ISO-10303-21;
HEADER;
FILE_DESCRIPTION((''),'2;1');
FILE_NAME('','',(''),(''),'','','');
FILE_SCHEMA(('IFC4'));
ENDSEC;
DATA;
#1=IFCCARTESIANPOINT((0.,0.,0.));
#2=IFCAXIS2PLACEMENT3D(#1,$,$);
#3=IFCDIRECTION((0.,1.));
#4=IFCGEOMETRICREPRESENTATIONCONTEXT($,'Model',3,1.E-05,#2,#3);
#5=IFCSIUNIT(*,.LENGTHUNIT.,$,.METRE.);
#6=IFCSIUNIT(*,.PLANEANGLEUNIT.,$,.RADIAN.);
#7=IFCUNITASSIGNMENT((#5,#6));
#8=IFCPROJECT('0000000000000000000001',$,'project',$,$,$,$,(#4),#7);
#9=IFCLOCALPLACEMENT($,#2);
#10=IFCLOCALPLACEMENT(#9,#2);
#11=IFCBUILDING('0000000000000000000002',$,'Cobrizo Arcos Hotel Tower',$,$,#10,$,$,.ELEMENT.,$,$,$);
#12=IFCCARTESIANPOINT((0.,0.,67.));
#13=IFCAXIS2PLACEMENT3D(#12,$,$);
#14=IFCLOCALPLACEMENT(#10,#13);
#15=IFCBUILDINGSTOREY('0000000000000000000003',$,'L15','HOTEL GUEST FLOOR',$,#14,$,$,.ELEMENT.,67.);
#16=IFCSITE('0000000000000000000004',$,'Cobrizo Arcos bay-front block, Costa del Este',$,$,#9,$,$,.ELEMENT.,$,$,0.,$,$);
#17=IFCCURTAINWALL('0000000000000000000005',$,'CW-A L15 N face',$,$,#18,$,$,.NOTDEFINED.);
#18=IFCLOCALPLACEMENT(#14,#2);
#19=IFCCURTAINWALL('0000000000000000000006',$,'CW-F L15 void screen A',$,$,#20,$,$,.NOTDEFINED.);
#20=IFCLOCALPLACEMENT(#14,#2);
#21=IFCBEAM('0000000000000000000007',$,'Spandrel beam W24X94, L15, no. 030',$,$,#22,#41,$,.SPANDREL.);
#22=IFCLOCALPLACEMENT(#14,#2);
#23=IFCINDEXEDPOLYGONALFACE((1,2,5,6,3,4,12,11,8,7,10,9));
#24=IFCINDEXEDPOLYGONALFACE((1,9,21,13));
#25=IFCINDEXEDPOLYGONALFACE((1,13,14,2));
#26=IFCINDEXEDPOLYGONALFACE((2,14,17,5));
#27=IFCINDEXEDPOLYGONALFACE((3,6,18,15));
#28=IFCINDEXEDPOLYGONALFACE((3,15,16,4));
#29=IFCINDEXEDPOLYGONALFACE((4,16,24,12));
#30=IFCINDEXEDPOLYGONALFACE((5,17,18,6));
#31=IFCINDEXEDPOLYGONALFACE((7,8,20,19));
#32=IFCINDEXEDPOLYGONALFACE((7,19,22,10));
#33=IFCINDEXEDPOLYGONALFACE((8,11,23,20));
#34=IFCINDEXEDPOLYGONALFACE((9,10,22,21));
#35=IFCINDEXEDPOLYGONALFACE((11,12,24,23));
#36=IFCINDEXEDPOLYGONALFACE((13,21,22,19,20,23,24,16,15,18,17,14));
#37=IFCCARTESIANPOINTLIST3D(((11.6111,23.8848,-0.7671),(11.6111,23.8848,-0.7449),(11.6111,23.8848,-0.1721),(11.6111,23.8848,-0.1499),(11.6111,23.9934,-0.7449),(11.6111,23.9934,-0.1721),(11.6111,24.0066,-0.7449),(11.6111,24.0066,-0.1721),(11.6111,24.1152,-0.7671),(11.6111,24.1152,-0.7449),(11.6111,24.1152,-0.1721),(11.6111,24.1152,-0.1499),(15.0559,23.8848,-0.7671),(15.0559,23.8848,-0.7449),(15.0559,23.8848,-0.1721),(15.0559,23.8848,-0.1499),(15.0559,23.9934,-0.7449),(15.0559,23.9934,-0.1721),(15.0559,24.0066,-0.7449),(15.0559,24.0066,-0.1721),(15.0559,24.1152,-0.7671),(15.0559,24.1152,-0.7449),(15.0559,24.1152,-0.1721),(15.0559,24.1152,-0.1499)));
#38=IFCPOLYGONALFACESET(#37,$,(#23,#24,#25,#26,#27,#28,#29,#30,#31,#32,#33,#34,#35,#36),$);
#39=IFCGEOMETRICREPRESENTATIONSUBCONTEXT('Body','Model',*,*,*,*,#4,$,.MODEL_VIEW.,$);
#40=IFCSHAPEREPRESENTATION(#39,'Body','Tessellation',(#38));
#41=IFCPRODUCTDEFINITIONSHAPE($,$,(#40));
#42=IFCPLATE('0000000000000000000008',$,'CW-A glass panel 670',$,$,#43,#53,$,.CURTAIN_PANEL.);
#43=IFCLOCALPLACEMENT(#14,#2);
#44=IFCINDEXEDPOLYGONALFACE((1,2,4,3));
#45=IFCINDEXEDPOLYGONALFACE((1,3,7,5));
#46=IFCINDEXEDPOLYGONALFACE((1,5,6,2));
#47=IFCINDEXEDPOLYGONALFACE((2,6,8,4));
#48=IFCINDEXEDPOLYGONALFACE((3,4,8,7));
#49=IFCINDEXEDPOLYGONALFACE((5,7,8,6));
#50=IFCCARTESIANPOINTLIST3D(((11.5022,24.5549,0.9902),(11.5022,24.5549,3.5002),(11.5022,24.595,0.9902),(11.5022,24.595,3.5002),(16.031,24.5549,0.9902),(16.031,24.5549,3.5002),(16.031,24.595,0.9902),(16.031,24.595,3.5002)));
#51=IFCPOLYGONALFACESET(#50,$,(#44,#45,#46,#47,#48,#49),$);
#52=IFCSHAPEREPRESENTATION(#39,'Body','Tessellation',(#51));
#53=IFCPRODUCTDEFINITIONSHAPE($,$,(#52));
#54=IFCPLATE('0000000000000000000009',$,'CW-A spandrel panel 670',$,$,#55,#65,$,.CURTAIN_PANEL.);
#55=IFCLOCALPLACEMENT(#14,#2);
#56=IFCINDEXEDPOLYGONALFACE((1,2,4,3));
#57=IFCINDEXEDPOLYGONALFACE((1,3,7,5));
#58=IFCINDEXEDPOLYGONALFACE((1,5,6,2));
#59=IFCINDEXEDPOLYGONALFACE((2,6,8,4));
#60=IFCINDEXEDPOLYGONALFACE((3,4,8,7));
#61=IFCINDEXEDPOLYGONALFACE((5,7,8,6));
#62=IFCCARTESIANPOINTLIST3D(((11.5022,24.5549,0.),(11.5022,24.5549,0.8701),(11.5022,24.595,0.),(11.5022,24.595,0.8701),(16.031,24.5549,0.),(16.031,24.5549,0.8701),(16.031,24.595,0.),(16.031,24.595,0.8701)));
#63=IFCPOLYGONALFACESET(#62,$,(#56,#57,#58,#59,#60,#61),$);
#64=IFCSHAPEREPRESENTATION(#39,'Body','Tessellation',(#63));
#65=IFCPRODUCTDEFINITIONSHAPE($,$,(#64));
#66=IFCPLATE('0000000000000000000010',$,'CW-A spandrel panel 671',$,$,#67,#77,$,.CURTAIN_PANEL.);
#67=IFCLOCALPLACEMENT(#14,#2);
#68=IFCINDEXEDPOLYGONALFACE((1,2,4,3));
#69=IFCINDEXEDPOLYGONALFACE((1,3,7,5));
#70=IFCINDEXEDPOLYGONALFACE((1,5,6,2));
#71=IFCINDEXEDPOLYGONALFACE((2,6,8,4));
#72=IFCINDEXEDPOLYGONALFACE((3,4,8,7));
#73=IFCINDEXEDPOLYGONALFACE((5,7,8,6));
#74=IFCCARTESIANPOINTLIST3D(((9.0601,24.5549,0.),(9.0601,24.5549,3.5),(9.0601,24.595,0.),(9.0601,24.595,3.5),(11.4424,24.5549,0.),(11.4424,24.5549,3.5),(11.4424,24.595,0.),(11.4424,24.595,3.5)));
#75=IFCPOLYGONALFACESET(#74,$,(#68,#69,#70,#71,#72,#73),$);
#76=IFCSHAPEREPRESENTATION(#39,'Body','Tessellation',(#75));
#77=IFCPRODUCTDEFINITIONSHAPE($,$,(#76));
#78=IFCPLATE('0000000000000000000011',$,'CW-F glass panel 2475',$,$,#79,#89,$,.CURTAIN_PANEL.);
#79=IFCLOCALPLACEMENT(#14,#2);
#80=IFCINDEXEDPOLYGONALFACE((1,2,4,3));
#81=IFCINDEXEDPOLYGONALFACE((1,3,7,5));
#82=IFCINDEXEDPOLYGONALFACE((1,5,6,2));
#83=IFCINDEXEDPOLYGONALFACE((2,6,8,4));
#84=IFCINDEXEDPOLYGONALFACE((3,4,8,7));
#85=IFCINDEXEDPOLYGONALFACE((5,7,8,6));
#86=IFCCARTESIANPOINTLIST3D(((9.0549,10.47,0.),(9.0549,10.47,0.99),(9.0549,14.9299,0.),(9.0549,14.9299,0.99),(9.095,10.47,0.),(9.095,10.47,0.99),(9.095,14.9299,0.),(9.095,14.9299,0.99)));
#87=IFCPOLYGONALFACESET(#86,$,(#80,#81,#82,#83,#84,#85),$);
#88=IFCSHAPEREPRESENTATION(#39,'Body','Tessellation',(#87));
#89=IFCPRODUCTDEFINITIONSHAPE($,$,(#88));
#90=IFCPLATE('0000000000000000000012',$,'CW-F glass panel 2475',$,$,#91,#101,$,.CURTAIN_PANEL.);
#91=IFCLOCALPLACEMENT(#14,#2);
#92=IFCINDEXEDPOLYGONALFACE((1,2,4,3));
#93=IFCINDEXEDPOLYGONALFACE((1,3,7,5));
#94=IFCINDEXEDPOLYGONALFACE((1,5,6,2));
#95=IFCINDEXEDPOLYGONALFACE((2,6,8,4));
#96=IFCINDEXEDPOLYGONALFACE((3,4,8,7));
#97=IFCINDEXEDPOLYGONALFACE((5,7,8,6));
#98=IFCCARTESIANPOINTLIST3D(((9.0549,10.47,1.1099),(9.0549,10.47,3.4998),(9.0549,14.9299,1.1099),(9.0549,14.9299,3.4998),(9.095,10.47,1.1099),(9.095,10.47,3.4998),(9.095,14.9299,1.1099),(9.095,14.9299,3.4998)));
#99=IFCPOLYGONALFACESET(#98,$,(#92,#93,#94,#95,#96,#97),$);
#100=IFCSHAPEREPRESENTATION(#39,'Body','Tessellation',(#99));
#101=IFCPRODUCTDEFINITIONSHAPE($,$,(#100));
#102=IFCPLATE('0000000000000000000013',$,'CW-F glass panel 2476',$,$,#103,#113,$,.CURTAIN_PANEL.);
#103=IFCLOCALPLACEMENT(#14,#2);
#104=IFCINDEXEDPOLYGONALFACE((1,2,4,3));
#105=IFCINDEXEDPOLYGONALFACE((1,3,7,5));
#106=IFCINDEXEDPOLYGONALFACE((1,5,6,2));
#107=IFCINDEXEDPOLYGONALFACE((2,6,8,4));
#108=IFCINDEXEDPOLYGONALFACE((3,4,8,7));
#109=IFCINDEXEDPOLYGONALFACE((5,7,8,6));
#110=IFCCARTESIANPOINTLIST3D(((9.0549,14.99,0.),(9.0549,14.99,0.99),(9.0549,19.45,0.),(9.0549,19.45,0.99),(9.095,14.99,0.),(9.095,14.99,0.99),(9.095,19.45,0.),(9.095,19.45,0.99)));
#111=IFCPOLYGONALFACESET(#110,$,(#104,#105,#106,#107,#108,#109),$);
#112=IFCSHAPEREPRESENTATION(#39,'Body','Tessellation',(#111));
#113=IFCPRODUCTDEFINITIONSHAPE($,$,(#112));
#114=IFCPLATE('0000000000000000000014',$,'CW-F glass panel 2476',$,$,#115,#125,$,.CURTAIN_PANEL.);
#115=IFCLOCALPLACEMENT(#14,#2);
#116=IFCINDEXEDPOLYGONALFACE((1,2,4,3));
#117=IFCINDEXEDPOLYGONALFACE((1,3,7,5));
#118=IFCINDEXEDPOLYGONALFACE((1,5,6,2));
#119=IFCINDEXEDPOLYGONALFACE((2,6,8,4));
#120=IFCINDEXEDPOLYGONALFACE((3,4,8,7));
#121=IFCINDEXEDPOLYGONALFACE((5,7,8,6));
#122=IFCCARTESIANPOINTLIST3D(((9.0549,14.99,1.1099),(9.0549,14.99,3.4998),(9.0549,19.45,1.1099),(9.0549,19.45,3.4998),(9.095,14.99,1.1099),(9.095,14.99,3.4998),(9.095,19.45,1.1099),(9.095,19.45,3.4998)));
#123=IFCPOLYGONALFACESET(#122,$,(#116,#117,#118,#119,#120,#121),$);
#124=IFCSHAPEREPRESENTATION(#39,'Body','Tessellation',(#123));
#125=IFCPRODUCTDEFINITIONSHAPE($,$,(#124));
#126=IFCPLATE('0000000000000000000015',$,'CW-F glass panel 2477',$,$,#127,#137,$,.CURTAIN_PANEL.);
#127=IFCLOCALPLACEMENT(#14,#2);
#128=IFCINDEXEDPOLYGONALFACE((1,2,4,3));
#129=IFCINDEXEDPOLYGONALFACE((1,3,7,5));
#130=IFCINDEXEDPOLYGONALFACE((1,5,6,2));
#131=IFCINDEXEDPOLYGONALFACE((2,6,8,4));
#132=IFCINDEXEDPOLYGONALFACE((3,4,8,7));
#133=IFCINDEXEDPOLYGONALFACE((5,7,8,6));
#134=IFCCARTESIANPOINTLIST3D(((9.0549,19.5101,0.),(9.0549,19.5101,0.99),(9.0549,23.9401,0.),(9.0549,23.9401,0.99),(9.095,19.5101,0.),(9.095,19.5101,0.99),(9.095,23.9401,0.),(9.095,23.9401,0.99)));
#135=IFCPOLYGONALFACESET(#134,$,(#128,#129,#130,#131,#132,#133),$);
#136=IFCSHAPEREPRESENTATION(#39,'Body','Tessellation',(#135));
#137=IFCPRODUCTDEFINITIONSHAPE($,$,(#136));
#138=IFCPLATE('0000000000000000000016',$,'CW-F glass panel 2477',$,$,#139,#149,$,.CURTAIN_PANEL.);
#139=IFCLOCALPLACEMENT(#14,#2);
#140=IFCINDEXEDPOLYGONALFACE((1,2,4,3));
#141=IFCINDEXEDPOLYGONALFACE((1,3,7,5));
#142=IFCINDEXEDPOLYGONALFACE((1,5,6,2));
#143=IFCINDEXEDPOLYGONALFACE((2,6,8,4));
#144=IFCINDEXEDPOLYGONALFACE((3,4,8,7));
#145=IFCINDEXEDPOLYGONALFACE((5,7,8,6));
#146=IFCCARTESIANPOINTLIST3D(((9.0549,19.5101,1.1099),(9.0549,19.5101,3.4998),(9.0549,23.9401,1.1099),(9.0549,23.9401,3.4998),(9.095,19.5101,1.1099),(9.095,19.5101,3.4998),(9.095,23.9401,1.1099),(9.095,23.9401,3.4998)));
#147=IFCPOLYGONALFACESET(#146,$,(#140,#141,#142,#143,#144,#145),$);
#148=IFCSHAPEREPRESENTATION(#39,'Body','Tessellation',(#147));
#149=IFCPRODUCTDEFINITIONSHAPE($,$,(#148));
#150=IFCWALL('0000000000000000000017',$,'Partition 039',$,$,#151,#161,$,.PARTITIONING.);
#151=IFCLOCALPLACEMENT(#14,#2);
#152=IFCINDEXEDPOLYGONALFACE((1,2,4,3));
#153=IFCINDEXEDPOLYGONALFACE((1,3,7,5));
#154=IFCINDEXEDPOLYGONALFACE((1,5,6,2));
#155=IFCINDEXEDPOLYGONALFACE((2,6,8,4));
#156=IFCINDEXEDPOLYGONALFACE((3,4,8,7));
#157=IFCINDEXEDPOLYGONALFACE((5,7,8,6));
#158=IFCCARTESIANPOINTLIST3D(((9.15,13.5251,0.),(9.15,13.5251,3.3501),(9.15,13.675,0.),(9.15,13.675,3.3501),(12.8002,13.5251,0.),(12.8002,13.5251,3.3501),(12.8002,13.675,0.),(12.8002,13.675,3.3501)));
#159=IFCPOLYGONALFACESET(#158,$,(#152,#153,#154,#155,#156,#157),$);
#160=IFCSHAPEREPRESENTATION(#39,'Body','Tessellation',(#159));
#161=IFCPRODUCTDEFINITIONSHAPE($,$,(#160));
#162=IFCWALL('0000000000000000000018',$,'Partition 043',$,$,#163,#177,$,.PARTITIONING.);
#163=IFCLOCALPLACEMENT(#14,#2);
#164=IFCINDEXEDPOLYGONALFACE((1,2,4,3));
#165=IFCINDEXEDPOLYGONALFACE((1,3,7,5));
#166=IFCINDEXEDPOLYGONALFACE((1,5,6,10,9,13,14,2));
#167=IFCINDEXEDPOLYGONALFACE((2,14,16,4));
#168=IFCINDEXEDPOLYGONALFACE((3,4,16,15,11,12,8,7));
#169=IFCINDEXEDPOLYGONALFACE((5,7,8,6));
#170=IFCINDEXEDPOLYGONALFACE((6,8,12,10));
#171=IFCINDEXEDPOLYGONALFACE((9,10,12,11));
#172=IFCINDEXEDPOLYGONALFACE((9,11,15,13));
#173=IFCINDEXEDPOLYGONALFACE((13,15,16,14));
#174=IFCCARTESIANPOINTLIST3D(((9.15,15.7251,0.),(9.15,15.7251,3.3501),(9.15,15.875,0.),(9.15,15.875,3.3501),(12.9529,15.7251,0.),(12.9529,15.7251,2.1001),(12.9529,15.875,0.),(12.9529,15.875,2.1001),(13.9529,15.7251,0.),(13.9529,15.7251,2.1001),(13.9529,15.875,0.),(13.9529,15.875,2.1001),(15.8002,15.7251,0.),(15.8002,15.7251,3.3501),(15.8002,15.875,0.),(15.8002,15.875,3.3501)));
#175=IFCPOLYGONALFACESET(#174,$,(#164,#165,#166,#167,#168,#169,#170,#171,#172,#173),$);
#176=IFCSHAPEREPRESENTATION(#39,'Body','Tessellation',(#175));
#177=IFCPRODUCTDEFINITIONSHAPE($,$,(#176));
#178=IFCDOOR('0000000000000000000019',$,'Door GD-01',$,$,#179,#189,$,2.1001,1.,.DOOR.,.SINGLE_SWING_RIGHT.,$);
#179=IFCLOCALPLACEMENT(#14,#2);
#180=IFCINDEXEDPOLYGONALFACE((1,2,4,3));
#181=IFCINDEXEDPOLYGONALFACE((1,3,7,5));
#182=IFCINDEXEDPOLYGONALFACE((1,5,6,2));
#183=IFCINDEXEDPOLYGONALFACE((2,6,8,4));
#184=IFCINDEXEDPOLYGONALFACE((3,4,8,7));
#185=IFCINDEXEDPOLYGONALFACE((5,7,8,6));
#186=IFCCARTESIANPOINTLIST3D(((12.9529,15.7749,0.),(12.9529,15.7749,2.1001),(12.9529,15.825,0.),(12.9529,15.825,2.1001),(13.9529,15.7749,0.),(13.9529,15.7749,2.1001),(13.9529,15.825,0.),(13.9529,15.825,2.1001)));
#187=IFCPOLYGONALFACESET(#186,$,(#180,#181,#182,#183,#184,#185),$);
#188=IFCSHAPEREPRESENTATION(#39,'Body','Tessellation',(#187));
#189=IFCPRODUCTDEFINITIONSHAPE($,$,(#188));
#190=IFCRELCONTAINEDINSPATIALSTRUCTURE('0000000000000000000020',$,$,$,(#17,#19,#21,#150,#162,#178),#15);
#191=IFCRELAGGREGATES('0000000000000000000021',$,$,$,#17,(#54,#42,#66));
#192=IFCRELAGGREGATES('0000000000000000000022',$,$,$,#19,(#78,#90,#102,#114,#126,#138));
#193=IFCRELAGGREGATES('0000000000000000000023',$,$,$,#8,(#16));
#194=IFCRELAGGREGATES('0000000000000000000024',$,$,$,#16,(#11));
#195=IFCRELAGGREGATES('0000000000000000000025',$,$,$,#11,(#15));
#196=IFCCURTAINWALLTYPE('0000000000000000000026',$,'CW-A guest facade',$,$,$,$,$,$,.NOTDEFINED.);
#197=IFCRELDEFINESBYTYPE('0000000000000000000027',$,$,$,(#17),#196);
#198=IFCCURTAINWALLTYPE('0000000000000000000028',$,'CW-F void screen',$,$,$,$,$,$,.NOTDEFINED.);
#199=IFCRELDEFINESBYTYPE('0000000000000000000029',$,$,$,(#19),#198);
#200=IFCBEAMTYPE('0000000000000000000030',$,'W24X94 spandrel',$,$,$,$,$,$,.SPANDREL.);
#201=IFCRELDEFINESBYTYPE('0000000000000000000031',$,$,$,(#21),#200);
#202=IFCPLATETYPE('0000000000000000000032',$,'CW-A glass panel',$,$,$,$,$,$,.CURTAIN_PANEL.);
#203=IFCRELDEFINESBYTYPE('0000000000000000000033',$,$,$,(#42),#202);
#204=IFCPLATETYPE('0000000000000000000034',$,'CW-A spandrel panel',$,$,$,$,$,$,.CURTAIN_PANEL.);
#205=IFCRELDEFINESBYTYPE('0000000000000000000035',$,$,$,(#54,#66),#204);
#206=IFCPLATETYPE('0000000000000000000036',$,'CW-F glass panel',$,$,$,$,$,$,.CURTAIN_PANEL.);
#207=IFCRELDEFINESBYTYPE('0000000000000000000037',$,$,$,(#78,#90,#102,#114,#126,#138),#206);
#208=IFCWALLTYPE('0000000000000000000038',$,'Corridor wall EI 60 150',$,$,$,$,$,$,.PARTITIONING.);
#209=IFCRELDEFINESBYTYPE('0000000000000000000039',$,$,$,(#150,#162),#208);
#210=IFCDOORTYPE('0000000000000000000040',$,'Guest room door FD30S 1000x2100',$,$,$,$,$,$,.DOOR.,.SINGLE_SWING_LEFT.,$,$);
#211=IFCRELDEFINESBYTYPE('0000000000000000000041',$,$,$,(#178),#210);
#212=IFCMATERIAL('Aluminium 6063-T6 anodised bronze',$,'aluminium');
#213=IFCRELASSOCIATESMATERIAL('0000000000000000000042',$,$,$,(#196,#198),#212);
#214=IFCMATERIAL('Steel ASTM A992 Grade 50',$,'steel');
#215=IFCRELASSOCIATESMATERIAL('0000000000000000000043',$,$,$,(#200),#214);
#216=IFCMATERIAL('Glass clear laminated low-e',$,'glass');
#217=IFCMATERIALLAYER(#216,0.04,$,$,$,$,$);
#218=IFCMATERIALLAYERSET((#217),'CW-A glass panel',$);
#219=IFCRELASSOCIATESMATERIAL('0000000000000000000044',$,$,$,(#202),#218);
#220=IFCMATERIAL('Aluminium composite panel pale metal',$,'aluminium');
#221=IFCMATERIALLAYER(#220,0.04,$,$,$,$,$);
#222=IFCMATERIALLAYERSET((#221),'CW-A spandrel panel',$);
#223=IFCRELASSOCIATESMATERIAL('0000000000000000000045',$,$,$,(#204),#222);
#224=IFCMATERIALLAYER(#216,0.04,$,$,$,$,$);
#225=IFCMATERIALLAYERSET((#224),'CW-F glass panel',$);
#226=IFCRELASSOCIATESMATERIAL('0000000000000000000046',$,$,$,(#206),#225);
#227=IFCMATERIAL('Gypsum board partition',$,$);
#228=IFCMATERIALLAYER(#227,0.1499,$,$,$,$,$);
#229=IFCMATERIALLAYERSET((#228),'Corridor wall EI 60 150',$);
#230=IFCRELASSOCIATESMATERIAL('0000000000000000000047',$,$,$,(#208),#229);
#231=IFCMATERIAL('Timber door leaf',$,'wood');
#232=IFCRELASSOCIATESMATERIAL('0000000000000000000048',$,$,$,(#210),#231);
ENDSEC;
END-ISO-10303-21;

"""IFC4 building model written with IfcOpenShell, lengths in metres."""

from ifc_helpers import new_model, si_unit, direction, frame, frame_2d, origin, origin_2d, place, context, subcontext, project, spatial, rectangle, i_section, extrude, material, layer, layer_set, material_profile, profile_set, type_object, element, fill, aggregate, save


model = new_model("IFC4")

# Units and contexts
model_context = context("Model", 3, precision=1e-05, world=origin(), true_north=direction((0.0, 1.0)))
body_context = subcontext(model_context, "Body", "Model", "MODEL_VIEW")
ifc_project = project(units=[si_unit("LENGTHUNIT", "METRE"), si_unit("PLANEANGLEUNIT", "RADIAN")], contexts=[model_context])

# Site, building, storey
site_placement = place(None, origin())
site = spatial("IfcSite", under=ifc_project, at=site_placement, Name="Cobrizo Arcos bay-front block, Costa del Este", CompositionType="ELEMENT", RefElevation=0.0)
building_placement = place(site_placement, origin())
building = spatial("IfcBuilding", under=site, at=building_placement, Name="Cobrizo Arcos Hotel Tower", CompositionType="ELEMENT")
storey_placement = place(building_placement, frame((0.0, 0.0, 67.0)))
storey = spatial("IfcBuildingStorey", under=building, at=storey_placement, Name="L15", Description="HOTEL GUEST FLOOR", CompositionType="ELEMENT", Elevation=67.0)

# Curtain walls
ifc_material_1 = material(Name="Aluminium 6063-T6 anodised bronze", Category="aluminium")
curtain_wall_type_1 = type_object("IfcCurtainWallType", Name="CW-A guest facade", PredefinedType="NOTDEFINED", material=ifc_material_1)
curtain_wall_1_placement = place(storey_placement, origin())
curtain_wall_1 = element("IfcCurtainWall", 1, at=curtain_wall_1_placement, inside=storey, type_object=curtain_wall_type_1, Name="CW-A L15 N face", PredefinedType="NOTDEFINED")
curtain_wall_type_2 = type_object("IfcCurtainWallType", Name="CW-F void screen", PredefinedType="NOTDEFINED", material=ifc_material_1)
curtain_wall_2_placement = place(storey_placement, origin())
curtain_wall_2 = element("IfcCurtainWall", 2, at=curtain_wall_2_placement, inside=storey, type_object=curtain_wall_type_2, Name="CW-F L15 void screen A", PredefinedType="NOTDEFINED")

# Beam
ifc_material_2 = material(Name="Steel ASTM A992 Grade 50", Category="steel")
ifc_material_profile_1 = material_profile(ifc_material_2, i_section(OverallWidth=0.2305, OverallDepth=0.6172, WebThickness=0.0132, FlangeThickness=0.0222, at=origin_2d()), Name="W24X94")
ifc_profile_set_1 = profile_set([ifc_material_profile_1], Name="Steel ASTM A992 Grade 50")
beam_type = type_object("IfcBeamType", Name="W24X94 spandrel", PredefinedType="SPANDREL", material=ifc_profile_set_1)
beam_1_placement = place(storey_placement, frame((11.6111, 24.0, -0.4585), z_axis=(1.0, 0.0, 0.0), x_axis=(0.0, 1.0, 0.0)))
element("IfcBeam", 3, at=beam_1_placement, inside=storey, type_object=beam_type, Name="Spandrel beam W24X94, L15, no. 030", PredefinedType="SPANDREL", context=body_context, shape_type="SweptSolid", body=[
    extrude(i_section(OverallWidth=0.2305, OverallDepth=0.6172, WebThickness=0.0132, FlangeThickness=0.0222, at=origin_2d()), origin(), (0.0, 0.0, 1.0), 3.4448),
])

# Plates
ifc_material_3 = material(Name="Glass clear laminated low-e", Category="glass")
ifc_layer_1 = layer(ifc_material_3, 0.04)
ifc_layer_set_1 = layer_set([ifc_layer_1], Name="CW-A glass panel")
plate_type_1 = type_object("IfcPlateType", Name="CW-A glass panel", PredefinedType="CURTAIN_PANEL", material=ifc_layer_set_1)
plate_1_placement = place(storey_placement, frame((13.7666, 24.575, 0.9902), z_axis=(0.0, 0.0, 1.0), x_axis=(-1.0, 0.0, 0.0)))
plate_1 = element("IfcPlate", 4, at=plate_1_placement, type_object=plate_type_1, Name="CW-A glass panel 670", PredefinedType="CURTAIN_PANEL", context=body_context, shape_type="SweptSolid", body=[
    extrude(rectangle(XDim=4.5288, YDim=0.04, at=origin_2d()), origin(), (0.0, 0.0, 1.0), 2.51),
])
ifc_material_4 = material(Name="Aluminium composite panel pale metal", Category="aluminium")
ifc_layer_2 = layer(ifc_material_4, 0.04)
ifc_layer_set_2 = layer_set([ifc_layer_2], Name="CW-A spandrel panel")
plate_type_2 = type_object("IfcPlateType", Name="CW-A spandrel panel", PredefinedType="CURTAIN_PANEL", material=ifc_layer_set_2)
plate_2_placement = place(storey_placement, frame((13.7666, 24.575, 0.0), z_axis=(0.0, 0.0, 1.0), x_axis=(-1.0, 0.0, 0.0)))
plate_2 = element("IfcPlate", 5, at=plate_2_placement, type_object=plate_type_2, Name="CW-A spandrel panel 670", PredefinedType="CURTAIN_PANEL", context=body_context, shape_type="SweptSolid", body=[
    extrude(rectangle(XDim=4.5288, YDim=0.04, at=origin_2d()), origin(), (0.0, 0.0, 1.0), 0.8701),
])
plate_3_placement = place(storey_placement, frame((10.2512, 24.575, 0.0), z_axis=(0.0, 0.0, 1.0), x_axis=(-1.0, 0.0, 0.0)))
plate_3 = element("IfcPlate", 6, at=plate_3_placement, type_object=plate_type_2, Name="CW-A spandrel panel 671", PredefinedType="CURTAIN_PANEL", context=body_context, shape_type="SweptSolid", body=[
    extrude(rectangle(XDim=2.3823, YDim=0.04, at=origin_2d()), origin(), (0.0, 0.0, 1.0), 3.5),
])
aggregate(curtain_wall_1, [plate_2, plate_1, plate_3])
ifc_layer_3 = layer(ifc_material_3, 0.04)
ifc_layer_set_3 = layer_set([ifc_layer_3], Name="CW-F glass panel")
plate_type_3 = type_object("IfcPlateType", Name="CW-F glass panel", PredefinedType="CURTAIN_PANEL", material=ifc_layer_set_3)
plate_4_placement = place(storey_placement, frame((9.075, 12.7, 0.0), z_axis=(0.0, 0.0, 1.0), x_axis=(0.0, 1.0, 0.0)))
plate_4 = element("IfcPlate", 7, at=plate_4_placement, type_object=plate_type_3, Name="CW-F glass panel 2475", PredefinedType="CURTAIN_PANEL", context=body_context, shape_type="SweptSolid", body=[
    extrude(rectangle(XDim=4.46, YDim=0.04, at=origin_2d()), origin(), (0.0, 0.0, 1.0), 0.99),
])
plate_5_placement = place(storey_placement, frame((9.075, 12.7, 1.1099), z_axis=(0.0, 0.0, 1.0), x_axis=(0.0, 1.0, 0.0)))
plate_5 = element("IfcPlate", 8, at=plate_5_placement, type_object=plate_type_3, Name="CW-F glass panel 2475", PredefinedType="CURTAIN_PANEL", context=body_context, shape_type="SweptSolid", body=[
    extrude(rectangle(XDim=4.46, YDim=0.04, at=origin_2d()), origin(), (0.0, 0.0, 1.0), 2.3899),
])
plate_6_placement = place(storey_placement, frame((9.075, 17.22, 0.0), z_axis=(0.0, 0.0, 1.0), x_axis=(0.0, 1.0, 0.0)))
plate_6 = element("IfcPlate", 9, at=plate_6_placement, type_object=plate_type_3, Name="CW-F glass panel 2476", PredefinedType="CURTAIN_PANEL", context=body_context, shape_type="SweptSolid", body=[
    extrude(rectangle(XDim=4.46, YDim=0.04, at=origin_2d()), origin(), (0.0, 0.0, 1.0), 0.99),
])
plate_7_placement = place(storey_placement, frame((9.075, 17.22, 1.1099), z_axis=(0.0, 0.0, 1.0), x_axis=(0.0, 1.0, 0.0)))
plate_7 = element("IfcPlate", 10, at=plate_7_placement, type_object=plate_type_3, Name="CW-F glass panel 2476", PredefinedType="CURTAIN_PANEL", context=body_context, shape_type="SweptSolid", body=[
    extrude(rectangle(XDim=4.46, YDim=0.04, at=origin_2d()), origin(), (0.0, 0.0, 1.0), 2.3899),
])
plate_8_placement = place(storey_placement, frame((9.075, 21.7251, 0.0), z_axis=(0.0, 0.0, 1.0), x_axis=(0.0, 1.0, 0.0)))
plate_8 = element("IfcPlate", 11, at=plate_8_placement, type_object=plate_type_3, Name="CW-F glass panel 2477", PredefinedType="CURTAIN_PANEL", context=body_context, shape_type="SweptSolid", body=[
    extrude(rectangle(XDim=4.4299, YDim=0.04, at=origin_2d()), origin(), (0.0, 0.0, 1.0), 0.99),
])
plate_9_placement = place(storey_placement, frame((9.075, 21.7251, 1.1099), z_axis=(0.0, 0.0, 1.0), x_axis=(0.0, 1.0, 0.0)))
plate_9 = element("IfcPlate", 12, at=plate_9_placement, type_object=plate_type_3, Name="CW-F glass panel 2477", PredefinedType="CURTAIN_PANEL", context=body_context, shape_type="SweptSolid", body=[
    extrude(rectangle(XDim=4.4299, YDim=0.04, at=origin_2d()), origin(), (0.0, 0.0, 1.0), 2.3899),
])
aggregate(curtain_wall_2, [plate_4, plate_5, plate_6, plate_7, plate_8, plate_9])

# Wall
ifc_material_5 = material(Name="Gypsum board partition")
ifc_layer_4 = layer(ifc_material_5, 0.1499)
ifc_layer_set_4 = layer_set([ifc_layer_4], Name="Corridor wall EI 60 150")
wall_type_1 = type_object("IfcWallType", Name="Corridor wall EI 60 150", PredefinedType="PARTITIONING", material=ifc_layer_set_4)
wall_1_placement = place(storey_placement, frame((9.1499, 13.6001, 0.0), z_axis=(0.0, 0.0, 1.0), x_axis=(1.0, 0.0, 0.0)))
element("IfcWall", 13, at=wall_1_placement, inside=storey, type_object=wall_type_1, Name="Partition 039", PredefinedType="PARTITIONING", context=body_context, shape_type="SweptSolid", body=[
    extrude(rectangle(XDim=3.6501, YDim=0.1499, at=frame_2d((1.8252, 0.0))), origin(), (0.0, 0.0, 1.0), 3.3501),
])

# Wall, opening, door
wall_2_placement = place(storey_placement, frame((9.1499, 15.8, 0.0), z_axis=(0.0, 0.0, 1.0), x_axis=(1.0, 0.0, 0.0)))
wall_2 = element("IfcWall", 14, at=wall_2_placement, inside=storey, type_object=wall_type_1, Name="Partition 043", PredefinedType="PARTITIONING", context=body_context, shape_type="SweptSolid", body=[
    extrude(rectangle(XDim=6.6501, YDim=0.1499, at=frame_2d((3.3252, 0.0))), origin(), (0.0, 0.0, 1.0), 3.3501),
])
opening_1_placement = place(wall_2_placement, frame((3.803, 0.0, 0.0)))
opening_1 = element("IfcOpeningElement", 15, at=opening_1_placement, cuts=wall_2, PredefinedType="OPENING", context=body_context, shape_type="SweptSolid", body=[
    extrude(rectangle(XDim=1.0, YDim=2.1001, at=frame_2d((0.5, 1.05))), frame((0.0, 0.0869, 0.0), z_axis=(0.0, -1.0, 0.0), x_axis=(1.0, 0.0, 0.0)), (0.0, 0.0, 1.0), 0.1738),
])
ifc_material_6 = material(Name="Timber door leaf", Category="wood")
door_type_1 = type_object("IfcDoorType", Name="Guest room door FD30S 1000x2100", OperationType="SINGLE_SWING_LEFT", PredefinedType="DOOR", material=ifc_material_6)
door_1_placement = place(opening_1_placement, origin())
door_1 = element("IfcDoor", 16, at=door_1_placement, inside=storey, type_object=door_type_1, Name="Door GD-01", OperationType="SINGLE_SWING_RIGHT", OverallHeight=2.1001, OverallWidth=1.0, PredefinedType="DOOR", context=body_context, shape_type="SweptSolid", body=[
    extrude(rectangle(XDim=1.0, YDim=2.1001, at=frame_2d((0.5, 1.05))), frame((0.0, 0.0249, 0.0), z_axis=(0.0, -1.0, 0.0), x_axis=(1.0, 0.0, 0.0)), (0.0, 0.0, 1.0), 0.05),
])
fill(opening_1, door_1)

save(model, "model.ifc")
